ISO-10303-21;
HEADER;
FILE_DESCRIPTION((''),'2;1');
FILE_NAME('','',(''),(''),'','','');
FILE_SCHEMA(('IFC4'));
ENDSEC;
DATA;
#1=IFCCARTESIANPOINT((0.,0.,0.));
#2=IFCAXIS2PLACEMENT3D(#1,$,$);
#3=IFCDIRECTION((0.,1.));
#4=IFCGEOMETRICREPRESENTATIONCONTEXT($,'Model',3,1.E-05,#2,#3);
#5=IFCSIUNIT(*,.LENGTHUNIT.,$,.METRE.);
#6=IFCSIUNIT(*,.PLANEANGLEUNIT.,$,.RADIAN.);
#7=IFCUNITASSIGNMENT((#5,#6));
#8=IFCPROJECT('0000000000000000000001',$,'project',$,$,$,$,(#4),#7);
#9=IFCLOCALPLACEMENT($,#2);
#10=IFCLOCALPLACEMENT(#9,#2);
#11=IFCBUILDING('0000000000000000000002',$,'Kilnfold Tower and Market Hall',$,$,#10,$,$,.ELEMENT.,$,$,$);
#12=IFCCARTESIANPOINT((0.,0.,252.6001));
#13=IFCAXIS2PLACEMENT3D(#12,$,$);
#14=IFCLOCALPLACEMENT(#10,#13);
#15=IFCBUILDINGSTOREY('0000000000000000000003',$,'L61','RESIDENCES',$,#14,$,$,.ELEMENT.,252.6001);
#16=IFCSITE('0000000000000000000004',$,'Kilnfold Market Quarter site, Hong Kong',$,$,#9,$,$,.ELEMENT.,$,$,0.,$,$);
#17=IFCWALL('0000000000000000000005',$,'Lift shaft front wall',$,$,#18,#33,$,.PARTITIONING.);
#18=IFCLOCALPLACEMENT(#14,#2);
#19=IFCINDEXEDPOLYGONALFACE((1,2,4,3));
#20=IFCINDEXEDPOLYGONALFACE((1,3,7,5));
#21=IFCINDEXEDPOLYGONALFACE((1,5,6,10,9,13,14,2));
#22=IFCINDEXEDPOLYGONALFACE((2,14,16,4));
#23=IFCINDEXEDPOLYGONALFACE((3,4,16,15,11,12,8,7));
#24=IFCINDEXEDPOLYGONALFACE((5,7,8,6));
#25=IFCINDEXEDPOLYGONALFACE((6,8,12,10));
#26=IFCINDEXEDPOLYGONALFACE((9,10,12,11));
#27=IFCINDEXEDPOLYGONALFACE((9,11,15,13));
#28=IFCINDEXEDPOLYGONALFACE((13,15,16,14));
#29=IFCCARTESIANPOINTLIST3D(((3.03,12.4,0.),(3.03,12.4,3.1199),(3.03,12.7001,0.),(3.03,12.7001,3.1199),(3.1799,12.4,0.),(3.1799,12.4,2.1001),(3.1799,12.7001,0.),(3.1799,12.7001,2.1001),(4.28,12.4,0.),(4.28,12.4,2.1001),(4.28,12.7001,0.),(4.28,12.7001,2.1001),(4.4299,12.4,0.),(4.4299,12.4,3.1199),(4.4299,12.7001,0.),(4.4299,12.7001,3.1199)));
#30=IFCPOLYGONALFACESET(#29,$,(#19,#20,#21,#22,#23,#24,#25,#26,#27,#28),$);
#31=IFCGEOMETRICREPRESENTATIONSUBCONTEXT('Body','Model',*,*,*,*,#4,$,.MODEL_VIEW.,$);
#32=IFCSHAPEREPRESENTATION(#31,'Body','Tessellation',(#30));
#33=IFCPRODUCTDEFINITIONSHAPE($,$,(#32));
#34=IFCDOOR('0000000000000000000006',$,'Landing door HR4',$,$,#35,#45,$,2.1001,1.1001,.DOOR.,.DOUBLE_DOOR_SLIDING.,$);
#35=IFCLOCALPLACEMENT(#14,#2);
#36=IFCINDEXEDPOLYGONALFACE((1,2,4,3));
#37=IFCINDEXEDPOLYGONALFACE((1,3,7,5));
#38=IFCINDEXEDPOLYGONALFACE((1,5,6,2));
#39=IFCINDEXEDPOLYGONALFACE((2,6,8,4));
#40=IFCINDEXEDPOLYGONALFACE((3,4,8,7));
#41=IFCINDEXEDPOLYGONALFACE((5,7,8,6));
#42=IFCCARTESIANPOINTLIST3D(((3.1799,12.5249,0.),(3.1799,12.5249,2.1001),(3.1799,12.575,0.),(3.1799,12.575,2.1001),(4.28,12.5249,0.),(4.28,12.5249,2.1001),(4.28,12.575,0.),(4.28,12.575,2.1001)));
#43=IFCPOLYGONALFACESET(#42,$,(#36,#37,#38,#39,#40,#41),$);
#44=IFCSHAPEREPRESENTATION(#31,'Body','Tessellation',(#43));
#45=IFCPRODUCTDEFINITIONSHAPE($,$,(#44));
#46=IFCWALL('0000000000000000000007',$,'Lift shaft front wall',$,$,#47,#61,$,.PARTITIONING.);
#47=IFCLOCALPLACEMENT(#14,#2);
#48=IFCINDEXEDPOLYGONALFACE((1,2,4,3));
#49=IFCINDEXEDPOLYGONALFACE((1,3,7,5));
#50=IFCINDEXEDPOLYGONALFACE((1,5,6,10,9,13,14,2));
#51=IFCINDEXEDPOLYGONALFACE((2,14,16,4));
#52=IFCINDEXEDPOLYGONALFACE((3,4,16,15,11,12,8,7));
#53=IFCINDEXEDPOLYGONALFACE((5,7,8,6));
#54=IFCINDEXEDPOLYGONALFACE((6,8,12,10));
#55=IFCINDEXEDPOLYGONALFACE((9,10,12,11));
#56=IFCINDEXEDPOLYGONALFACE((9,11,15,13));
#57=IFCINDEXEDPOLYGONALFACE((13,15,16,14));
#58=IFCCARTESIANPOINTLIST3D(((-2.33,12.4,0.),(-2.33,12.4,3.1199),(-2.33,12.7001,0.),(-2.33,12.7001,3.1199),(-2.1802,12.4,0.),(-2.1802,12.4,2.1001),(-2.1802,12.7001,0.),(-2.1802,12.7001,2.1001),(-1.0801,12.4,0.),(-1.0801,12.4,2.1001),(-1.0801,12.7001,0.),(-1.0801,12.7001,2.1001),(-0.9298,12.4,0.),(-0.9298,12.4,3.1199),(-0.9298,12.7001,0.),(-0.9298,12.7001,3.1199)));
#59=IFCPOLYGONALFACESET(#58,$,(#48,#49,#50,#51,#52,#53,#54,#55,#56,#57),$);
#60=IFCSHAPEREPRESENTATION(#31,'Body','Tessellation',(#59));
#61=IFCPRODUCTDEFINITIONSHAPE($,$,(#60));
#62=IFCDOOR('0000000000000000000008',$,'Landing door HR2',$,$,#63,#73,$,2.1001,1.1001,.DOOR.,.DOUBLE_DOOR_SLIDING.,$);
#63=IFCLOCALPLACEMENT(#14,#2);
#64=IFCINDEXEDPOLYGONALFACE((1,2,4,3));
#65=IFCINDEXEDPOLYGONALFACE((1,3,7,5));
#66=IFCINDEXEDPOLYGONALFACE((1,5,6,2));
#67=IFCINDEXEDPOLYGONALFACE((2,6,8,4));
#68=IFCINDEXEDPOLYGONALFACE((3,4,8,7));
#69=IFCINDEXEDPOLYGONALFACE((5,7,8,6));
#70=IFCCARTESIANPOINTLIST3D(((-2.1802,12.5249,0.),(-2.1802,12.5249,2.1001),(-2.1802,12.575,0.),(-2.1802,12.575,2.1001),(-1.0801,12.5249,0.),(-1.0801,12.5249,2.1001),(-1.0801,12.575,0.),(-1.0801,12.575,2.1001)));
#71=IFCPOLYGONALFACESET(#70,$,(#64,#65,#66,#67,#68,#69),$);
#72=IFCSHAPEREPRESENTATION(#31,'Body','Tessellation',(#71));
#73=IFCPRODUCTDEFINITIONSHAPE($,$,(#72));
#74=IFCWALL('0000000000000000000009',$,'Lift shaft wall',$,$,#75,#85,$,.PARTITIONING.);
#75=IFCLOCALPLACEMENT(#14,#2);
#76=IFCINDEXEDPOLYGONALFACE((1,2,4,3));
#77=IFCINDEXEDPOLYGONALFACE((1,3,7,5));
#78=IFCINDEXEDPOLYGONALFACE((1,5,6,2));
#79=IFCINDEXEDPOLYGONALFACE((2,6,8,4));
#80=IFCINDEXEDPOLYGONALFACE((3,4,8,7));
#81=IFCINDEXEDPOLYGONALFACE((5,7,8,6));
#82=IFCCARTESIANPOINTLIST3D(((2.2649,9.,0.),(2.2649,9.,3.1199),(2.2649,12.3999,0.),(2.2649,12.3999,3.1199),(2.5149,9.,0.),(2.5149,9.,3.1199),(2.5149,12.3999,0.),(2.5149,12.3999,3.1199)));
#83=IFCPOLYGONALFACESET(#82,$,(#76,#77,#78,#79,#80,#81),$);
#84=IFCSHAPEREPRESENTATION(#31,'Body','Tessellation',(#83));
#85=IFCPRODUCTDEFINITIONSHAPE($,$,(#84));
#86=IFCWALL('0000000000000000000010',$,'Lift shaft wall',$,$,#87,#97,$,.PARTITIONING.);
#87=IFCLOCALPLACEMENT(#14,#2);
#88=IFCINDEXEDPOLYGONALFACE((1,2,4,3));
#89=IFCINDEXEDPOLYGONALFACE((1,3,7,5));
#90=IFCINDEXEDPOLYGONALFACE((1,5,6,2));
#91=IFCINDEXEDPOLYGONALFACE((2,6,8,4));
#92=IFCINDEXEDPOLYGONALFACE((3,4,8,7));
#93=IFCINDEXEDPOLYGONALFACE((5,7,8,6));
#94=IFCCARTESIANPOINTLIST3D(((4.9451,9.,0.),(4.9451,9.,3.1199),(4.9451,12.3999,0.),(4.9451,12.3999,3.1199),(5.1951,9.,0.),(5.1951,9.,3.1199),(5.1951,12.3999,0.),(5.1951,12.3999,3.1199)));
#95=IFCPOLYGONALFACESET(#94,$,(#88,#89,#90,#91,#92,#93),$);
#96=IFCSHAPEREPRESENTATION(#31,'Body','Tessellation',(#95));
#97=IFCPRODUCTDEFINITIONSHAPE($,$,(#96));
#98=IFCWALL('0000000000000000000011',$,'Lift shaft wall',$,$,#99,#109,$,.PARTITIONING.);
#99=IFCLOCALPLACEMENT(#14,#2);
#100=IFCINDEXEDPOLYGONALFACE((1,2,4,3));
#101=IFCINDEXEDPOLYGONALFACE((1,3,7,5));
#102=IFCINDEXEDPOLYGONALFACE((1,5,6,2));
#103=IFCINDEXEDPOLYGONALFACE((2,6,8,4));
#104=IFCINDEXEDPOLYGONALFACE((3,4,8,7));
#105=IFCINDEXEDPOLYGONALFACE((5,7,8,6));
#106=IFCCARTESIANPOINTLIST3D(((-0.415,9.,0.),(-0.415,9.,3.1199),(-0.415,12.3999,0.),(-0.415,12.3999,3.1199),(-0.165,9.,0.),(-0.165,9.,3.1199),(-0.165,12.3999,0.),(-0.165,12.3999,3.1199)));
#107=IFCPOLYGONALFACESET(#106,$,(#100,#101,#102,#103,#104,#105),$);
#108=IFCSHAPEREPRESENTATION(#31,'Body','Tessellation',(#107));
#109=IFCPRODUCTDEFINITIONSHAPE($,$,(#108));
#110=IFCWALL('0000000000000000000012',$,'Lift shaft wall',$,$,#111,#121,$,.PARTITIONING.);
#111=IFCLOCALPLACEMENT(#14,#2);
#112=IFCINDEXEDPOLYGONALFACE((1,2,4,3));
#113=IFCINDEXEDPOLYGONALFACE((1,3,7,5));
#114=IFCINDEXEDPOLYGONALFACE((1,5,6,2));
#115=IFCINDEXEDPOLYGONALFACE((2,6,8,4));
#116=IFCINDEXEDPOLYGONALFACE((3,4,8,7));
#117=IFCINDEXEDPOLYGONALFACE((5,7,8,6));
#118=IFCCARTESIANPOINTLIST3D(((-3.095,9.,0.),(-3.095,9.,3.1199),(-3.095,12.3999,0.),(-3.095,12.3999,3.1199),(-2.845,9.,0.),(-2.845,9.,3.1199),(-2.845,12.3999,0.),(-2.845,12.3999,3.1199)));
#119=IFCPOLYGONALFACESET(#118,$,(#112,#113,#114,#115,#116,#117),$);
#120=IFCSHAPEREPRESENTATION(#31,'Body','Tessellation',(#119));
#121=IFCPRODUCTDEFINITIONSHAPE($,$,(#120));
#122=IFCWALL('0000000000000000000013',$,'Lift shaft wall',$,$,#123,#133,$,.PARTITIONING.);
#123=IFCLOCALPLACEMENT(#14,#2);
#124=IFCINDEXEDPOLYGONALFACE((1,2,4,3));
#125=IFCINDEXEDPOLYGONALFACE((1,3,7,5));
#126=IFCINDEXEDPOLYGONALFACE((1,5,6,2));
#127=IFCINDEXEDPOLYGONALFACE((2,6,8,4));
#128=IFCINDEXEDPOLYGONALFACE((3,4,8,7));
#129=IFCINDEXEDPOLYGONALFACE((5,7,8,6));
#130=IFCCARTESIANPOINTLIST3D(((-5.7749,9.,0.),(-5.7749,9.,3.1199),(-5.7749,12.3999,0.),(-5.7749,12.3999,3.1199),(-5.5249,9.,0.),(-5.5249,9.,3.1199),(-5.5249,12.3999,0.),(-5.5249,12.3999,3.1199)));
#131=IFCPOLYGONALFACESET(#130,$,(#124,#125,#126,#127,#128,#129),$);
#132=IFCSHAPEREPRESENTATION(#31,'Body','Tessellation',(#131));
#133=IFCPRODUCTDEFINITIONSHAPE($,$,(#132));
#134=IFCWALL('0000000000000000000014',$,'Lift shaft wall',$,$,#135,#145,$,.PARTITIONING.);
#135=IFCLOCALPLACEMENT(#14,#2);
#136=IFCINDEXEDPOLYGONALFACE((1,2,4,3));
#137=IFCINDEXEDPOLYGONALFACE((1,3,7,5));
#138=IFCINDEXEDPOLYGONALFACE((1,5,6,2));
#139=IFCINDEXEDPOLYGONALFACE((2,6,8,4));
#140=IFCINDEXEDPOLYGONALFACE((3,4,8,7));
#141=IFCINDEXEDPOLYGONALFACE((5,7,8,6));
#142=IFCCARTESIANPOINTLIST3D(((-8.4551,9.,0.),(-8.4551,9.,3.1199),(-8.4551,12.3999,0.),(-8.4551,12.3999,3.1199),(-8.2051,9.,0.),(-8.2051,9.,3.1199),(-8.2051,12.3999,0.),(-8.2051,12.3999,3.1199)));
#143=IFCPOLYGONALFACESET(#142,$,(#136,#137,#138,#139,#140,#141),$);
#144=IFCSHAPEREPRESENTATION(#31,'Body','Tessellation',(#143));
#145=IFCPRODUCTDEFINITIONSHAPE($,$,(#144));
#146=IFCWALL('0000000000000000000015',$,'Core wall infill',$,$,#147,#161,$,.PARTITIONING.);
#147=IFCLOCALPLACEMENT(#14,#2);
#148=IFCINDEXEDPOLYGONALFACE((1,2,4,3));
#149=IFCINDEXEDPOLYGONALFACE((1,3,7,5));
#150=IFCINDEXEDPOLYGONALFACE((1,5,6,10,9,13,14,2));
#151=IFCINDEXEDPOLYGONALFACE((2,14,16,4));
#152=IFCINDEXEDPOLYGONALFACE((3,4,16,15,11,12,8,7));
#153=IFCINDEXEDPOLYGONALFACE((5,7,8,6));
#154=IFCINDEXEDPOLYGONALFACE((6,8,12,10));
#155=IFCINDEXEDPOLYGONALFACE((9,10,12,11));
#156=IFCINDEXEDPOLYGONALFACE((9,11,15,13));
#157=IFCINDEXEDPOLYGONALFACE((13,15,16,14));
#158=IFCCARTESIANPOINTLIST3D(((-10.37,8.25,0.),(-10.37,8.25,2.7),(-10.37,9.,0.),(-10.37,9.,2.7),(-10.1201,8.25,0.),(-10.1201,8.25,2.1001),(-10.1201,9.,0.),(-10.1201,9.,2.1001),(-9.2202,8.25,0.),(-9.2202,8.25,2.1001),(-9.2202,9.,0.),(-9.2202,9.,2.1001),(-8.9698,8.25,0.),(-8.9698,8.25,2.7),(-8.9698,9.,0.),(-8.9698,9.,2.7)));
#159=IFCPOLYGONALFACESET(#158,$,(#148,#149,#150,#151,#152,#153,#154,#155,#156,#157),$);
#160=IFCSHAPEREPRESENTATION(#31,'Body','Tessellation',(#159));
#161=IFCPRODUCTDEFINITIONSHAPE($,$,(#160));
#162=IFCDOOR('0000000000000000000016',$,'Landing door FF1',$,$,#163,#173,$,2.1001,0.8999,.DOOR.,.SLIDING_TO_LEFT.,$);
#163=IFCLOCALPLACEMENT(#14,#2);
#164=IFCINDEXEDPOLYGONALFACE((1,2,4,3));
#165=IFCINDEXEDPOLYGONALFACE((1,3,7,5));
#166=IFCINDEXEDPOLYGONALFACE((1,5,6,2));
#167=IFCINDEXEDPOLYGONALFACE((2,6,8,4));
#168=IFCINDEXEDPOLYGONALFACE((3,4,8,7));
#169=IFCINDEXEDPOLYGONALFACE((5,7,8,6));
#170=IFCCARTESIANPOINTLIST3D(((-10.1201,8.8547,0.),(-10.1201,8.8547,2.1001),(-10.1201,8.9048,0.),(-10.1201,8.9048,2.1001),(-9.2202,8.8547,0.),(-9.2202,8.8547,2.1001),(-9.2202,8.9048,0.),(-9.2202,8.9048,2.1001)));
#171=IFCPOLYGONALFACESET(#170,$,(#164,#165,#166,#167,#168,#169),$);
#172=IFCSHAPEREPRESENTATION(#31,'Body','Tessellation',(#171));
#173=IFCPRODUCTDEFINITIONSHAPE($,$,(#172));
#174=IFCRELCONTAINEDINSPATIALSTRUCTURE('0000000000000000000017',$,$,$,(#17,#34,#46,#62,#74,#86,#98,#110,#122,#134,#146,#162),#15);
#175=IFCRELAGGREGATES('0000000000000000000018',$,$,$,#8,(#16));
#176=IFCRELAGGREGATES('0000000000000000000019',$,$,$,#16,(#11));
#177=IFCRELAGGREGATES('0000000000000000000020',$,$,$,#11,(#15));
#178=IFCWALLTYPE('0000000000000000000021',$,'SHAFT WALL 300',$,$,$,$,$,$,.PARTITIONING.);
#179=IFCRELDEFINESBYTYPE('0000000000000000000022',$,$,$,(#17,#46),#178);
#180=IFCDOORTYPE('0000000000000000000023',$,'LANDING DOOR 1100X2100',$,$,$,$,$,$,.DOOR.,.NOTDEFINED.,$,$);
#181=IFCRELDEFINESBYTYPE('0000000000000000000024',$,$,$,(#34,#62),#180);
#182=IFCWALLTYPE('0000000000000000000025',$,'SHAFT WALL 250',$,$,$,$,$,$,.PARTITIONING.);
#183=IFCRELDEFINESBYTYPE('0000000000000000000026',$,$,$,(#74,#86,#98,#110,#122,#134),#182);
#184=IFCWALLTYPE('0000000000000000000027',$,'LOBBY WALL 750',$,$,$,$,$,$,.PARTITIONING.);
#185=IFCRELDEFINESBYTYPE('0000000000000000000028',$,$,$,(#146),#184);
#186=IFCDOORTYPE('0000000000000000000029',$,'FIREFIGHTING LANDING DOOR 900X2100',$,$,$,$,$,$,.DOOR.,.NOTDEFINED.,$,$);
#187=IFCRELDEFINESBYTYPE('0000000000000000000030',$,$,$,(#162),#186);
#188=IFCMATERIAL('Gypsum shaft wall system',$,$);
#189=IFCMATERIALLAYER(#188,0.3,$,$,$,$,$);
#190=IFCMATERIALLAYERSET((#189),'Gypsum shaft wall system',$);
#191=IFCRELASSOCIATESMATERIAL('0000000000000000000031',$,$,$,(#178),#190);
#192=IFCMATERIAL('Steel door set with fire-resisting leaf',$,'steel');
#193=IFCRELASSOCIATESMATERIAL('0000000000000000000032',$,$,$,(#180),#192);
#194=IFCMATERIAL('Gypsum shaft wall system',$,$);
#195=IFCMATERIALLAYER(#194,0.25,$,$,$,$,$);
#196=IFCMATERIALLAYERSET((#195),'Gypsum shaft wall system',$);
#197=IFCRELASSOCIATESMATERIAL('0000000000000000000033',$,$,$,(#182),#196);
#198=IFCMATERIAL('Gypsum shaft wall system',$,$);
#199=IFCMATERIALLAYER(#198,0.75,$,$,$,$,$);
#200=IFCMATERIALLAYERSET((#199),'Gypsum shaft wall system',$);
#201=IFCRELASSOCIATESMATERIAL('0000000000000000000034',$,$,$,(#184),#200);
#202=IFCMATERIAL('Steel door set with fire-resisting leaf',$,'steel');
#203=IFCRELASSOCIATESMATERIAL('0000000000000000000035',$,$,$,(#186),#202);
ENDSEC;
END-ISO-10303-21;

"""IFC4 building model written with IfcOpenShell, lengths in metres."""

from ifc_helpers import new_model, si_unit, direction, frame, frame_2d, origin, place, context, subcontext, project, spatial, rectangle, extrude, source, transform, mapped, material, layer, layer_set, type_object, element, fill, save


model = new_model("IFC4")

# Units and contexts
model_context = context("Model", 3, precision=1e-05, world=origin(), true_north=direction((0.0, 1.0)))
body_context = subcontext(model_context, "Body", "Model", "MODEL_VIEW")
ifc_project = project(units=[si_unit("LENGTHUNIT", "METRE"), si_unit("PLANEANGLEUNIT", "RADIAN")], contexts=[model_context])

# Site, building, storey
site_placement = place(None, origin())
site = spatial("IfcSite", under=ifc_project, at=site_placement, Name="Kilnfold Market Quarter site, Hong Kong", CompositionType="ELEMENT", RefElevation=0.0)
building_placement = place(site_placement, origin())
building = spatial("IfcBuilding", under=site, at=building_placement, Name="Kilnfold Tower and Market Hall", CompositionType="ELEMENT")
storey_placement = place(building_placement, frame((0.0, 0.0, 252.6001)))
storey = spatial("IfcBuildingStorey", under=building, at=storey_placement, Name="L61", Description="RESIDENCES", CompositionType="ELEMENT", Elevation=252.6001)

# Walls, openings, doors
ifc_material_1 = material(Name="Gypsum shaft wall system")
ifc_layer_1 = layer(ifc_material_1, 0.3)
ifc_layer_set_1 = layer_set([ifc_layer_1], Name="Gypsum shaft wall system")
wall_type_1 = type_object("IfcWallType", Name="SHAFT WALL 300", PredefinedType="PARTITIONING", material=ifc_layer_set_1)
shared_shape_1 = source(origin(), body_context, "Body", "SweptSolid", [
    extrude(rectangle(XDim=1.3999, YDim=0.3, at=frame_2d((0.7, 0.0))), origin(), (0.0, 0.0, 1.0), 3.1199),
])
ifc_material_2 = material(Name="Steel door set with fire-resisting leaf", Category="steel")
door_type_1 = type_object("IfcDoorType", Name="LANDING DOOR 1100X2100", OperationType="NOTDEFINED", PredefinedType="DOOR", material=ifc_material_2)
wall_1_placement = place(storey_placement, frame((3.03, 12.55, 0.0), z_axis=(0.0, 0.0, 1.0), x_axis=(1.0, 0.0, 0.0)))
wall_1 = element("IfcWall", 1, at=wall_1_placement, inside=storey, type_object=wall_type_1, Name="Lift shaft front wall", PredefinedType="PARTITIONING", context=body_context, shape_type="MappedRepresentation", body=[
    mapped(shared_shape_1, transform((0.0, 0.0, 0.0))),
])
opening_1_placement = place(wall_1_placement, frame((0.1499, 0.0, 0.0)))
opening_1 = element("IfcOpeningElement", 2, at=opening_1_placement, cuts=wall_1, PredefinedType="OPENING", context=body_context, shape_type="SweptSolid", body=[
    extrude(rectangle(XDim=1.1001, YDim=2.1001, at=frame_2d((0.55, 1.05))), frame((0.0, 0.1602, 0.0), z_axis=(0.0, -1.0, 0.0), x_axis=(1.0, 0.0, 0.0)), (0.0, 0.0, 1.0), 0.3201),
])
door_1_placement = place(opening_1_placement, origin())
door_1 = element("IfcDoor", 3, at=door_1_placement, inside=storey, type_object=door_type_1, Name="Landing door HR4", OperationType="DOUBLE_DOOR_SLIDING", OverallHeight=2.1001, OverallWidth=1.1001, PredefinedType="DOOR", context=body_context, shape_type="SweptSolid", body=[
    extrude(rectangle(XDim=1.1001, YDim=2.1001, at=frame_2d((0.55, 1.05))), frame((0.0, 0.0249, 0.0), z_axis=(0.0, -1.0, 0.0), x_axis=(1.0, 0.0, 0.0)), (0.0, 0.0, 1.0), 0.05),
])
fill(opening_1, door_1)
shared_shape_2 = source(origin(), body_context, "Body", "SweptSolid", [
    extrude(rectangle(XDim=1.4001, YDim=0.3, at=frame_2d((0.7002, 0.0))), origin(), (0.0, 0.0, 1.0), 3.1199),
])
wall_2_placement = place(storey_placement, frame((-2.3301, 12.55, 0.0), z_axis=(0.0, 0.0, 1.0), x_axis=(1.0, 0.0, 0.0)))
wall_2 = element("IfcWall", 4, at=wall_2_placement, inside=storey, type_object=wall_type_1, Name="Lift shaft front wall", PredefinedType="PARTITIONING", context=body_context, shape_type="MappedRepresentation", body=[
    mapped(shared_shape_2, transform((0.0, 0.0, 0.0))),
])
opening_2_placement = place(wall_2_placement, frame((0.1499, 0.0, 0.0)))
opening_2 = element("IfcOpeningElement", 5, at=opening_2_placement, cuts=wall_2, PredefinedType="OPENING", context=body_context, shape_type="SweptSolid", body=[
    extrude(rectangle(XDim=1.1001, YDim=2.1001, at=frame_2d((0.55, 1.05))), frame((0.0, 0.1602, 0.0), z_axis=(0.0, -1.0, 0.0), x_axis=(1.0, 0.0, 0.0)), (0.0, 0.0, 1.0), 0.3201),
])
door_2_placement = place(opening_2_placement, origin())
door_2 = element("IfcDoor", 6, at=door_2_placement, inside=storey, type_object=door_type_1, Name="Landing door HR2", OperationType="DOUBLE_DOOR_SLIDING", OverallHeight=2.1001, OverallWidth=1.1001, PredefinedType="DOOR", context=body_context, shape_type="SweptSolid", body=[
    extrude(rectangle(XDim=1.1001, YDim=2.1001, at=frame_2d((0.55, 1.05))), frame((0.0, 0.0249, 0.0), z_axis=(0.0, -1.0, 0.0), x_axis=(1.0, 0.0, 0.0)), (0.0, 0.0, 1.0), 0.05),
])
fill(opening_2, door_2)

# Walls
ifc_material_3 = material(Name="Gypsum shaft wall system")
ifc_layer_2 = layer(ifc_material_3, 0.25)
ifc_layer_set_2 = layer_set([ifc_layer_2], Name="Gypsum shaft wall system")
wall_type_2 = type_object("IfcWallType", Name="SHAFT WALL 250", PredefinedType="PARTITIONING", material=ifc_layer_set_2)
shared_shape_3 = source(origin(), body_context, "Body", "SweptSolid", [
    extrude(rectangle(XDim=3.3999, YDim=0.25, at=frame_2d((1.7, 0.0))), origin(), (0.0, 0.0, 1.0), 3.1199),
])
for number, where, z_axis, x_axis, name in (
    (7, (2.3899, 9.0, 0.0), (0.0, 0.0, 1.0), (0.0, 1.0, 0.0), "Lift shaft wall"),
    (8, (5.0701, 9.0, 0.0), (0.0, 0.0, 1.0), (0.0, 1.0, 0.0), "Lift shaft wall"),
    (9, (-0.29, 9.0, 0.0), (0.0, 0.0, 1.0), (0.0, 1.0, 0.0), "Lift shaft wall"),
    (10, (-2.97, 9.0, 0.0), (0.0, 0.0, 1.0), (0.0, 1.0, 0.0), "Lift shaft wall"),
    (11, (-5.6499, 9.0, 0.0), (0.0, 0.0, 1.0), (0.0, 1.0, 0.0), "Lift shaft wall"),
    (12, (-8.3301, 9.0, 0.0), (0.0, 0.0, 1.0), (0.0, 1.0, 0.0), "Lift shaft wall"),
):
    element("IfcWall", number, at=place(storey_placement, frame(where, z_axis=z_axis, x_axis=x_axis)), inside=storey, type_object=wall_type_2, Name=name, PredefinedType="PARTITIONING", context=body_context, shape_type="MappedRepresentation", body=[
        mapped(shared_shape_3, transform((0.0, 0.0, 0.0))),
    ])

# Wall, opening, door
ifc_material_4 = material(Name="Gypsum shaft wall system")
ifc_layer_3 = layer(ifc_material_4, 0.75)
ifc_layer_set_3 = layer_set([ifc_layer_3], Name="Gypsum shaft wall system")
wall_type_3 = type_object("IfcWallType", Name="LOBBY WALL 750", PredefinedType="PARTITIONING", material=ifc_layer_set_3)
shared_shape_4 = source(origin(), body_context, "Body", "SweptSolid", [
    extrude(rectangle(XDim=1.4001, YDim=0.75, at=frame_2d((0.7002, 0.0))), origin(), (0.0, 0.0, 1.0), 2.7),
])
wall_3_placement = place(storey_placement, frame((-10.3701, 8.625, 0.0), z_axis=(0.0, 0.0, 1.0), x_axis=(1.0, 0.0, 0.0)))
wall_3 = element("IfcWall", 13, at=wall_3_placement, inside=storey, type_object=wall_type_3, Name="Core wall infill", PredefinedType="PARTITIONING", context=body_context, shape_type="MappedRepresentation", body=[
    mapped(shared_shape_4, transform((0.0, 0.0, 0.0))),
])
opening_3_placement = place(wall_3_placement, frame((0.25, 0.0, 0.0)))
opening_3 = element("IfcOpeningElement", 14, at=opening_3_placement, cuts=wall_3, PredefinedType="OPENING", context=body_context, shape_type="SweptSolid", body=[
    extrude(rectangle(XDim=0.8999, YDim=2.1001, at=frame_2d((0.45, 1.05))), frame((0.0, 0.385, 0.0), z_axis=(0.0, -1.0, 0.0), x_axis=(1.0, 0.0, 0.0)), (0.0, 0.0, 1.0), 0.77),
])
ifc_material_5 = material(Name="Steel door set with fire-resisting leaf", Category="steel")
door_type_2 = type_object("IfcDoorType", Name="FIREFIGHTING LANDING DOOR 900X2100", OperationType="NOTDEFINED", PredefinedType="DOOR", material=ifc_material_5)
door_3_placement = place(opening_3_placement, origin())
door_3 = element("IfcDoor", 15, at=door_3_placement, inside=storey, type_object=door_type_2, Name="Landing door FF1", OperationType="SLIDING_TO_LEFT", OverallHeight=2.1001, OverallWidth=0.8999, PredefinedType="DOOR", context=body_context, shape_type="SweptSolid", body=[
    extrude(rectangle(XDim=0.8999, YDim=2.1001, at=frame_2d((0.45, 1.05))), frame((0.0, 0.2798, 0.0), z_axis=(0.0, -1.0, 0.0), x_axis=(1.0, 0.0, 0.0)), (0.0, 0.0, 1.0), 0.05),
])
fill(opening_3, door_3)

save(model, "model.ifc")
